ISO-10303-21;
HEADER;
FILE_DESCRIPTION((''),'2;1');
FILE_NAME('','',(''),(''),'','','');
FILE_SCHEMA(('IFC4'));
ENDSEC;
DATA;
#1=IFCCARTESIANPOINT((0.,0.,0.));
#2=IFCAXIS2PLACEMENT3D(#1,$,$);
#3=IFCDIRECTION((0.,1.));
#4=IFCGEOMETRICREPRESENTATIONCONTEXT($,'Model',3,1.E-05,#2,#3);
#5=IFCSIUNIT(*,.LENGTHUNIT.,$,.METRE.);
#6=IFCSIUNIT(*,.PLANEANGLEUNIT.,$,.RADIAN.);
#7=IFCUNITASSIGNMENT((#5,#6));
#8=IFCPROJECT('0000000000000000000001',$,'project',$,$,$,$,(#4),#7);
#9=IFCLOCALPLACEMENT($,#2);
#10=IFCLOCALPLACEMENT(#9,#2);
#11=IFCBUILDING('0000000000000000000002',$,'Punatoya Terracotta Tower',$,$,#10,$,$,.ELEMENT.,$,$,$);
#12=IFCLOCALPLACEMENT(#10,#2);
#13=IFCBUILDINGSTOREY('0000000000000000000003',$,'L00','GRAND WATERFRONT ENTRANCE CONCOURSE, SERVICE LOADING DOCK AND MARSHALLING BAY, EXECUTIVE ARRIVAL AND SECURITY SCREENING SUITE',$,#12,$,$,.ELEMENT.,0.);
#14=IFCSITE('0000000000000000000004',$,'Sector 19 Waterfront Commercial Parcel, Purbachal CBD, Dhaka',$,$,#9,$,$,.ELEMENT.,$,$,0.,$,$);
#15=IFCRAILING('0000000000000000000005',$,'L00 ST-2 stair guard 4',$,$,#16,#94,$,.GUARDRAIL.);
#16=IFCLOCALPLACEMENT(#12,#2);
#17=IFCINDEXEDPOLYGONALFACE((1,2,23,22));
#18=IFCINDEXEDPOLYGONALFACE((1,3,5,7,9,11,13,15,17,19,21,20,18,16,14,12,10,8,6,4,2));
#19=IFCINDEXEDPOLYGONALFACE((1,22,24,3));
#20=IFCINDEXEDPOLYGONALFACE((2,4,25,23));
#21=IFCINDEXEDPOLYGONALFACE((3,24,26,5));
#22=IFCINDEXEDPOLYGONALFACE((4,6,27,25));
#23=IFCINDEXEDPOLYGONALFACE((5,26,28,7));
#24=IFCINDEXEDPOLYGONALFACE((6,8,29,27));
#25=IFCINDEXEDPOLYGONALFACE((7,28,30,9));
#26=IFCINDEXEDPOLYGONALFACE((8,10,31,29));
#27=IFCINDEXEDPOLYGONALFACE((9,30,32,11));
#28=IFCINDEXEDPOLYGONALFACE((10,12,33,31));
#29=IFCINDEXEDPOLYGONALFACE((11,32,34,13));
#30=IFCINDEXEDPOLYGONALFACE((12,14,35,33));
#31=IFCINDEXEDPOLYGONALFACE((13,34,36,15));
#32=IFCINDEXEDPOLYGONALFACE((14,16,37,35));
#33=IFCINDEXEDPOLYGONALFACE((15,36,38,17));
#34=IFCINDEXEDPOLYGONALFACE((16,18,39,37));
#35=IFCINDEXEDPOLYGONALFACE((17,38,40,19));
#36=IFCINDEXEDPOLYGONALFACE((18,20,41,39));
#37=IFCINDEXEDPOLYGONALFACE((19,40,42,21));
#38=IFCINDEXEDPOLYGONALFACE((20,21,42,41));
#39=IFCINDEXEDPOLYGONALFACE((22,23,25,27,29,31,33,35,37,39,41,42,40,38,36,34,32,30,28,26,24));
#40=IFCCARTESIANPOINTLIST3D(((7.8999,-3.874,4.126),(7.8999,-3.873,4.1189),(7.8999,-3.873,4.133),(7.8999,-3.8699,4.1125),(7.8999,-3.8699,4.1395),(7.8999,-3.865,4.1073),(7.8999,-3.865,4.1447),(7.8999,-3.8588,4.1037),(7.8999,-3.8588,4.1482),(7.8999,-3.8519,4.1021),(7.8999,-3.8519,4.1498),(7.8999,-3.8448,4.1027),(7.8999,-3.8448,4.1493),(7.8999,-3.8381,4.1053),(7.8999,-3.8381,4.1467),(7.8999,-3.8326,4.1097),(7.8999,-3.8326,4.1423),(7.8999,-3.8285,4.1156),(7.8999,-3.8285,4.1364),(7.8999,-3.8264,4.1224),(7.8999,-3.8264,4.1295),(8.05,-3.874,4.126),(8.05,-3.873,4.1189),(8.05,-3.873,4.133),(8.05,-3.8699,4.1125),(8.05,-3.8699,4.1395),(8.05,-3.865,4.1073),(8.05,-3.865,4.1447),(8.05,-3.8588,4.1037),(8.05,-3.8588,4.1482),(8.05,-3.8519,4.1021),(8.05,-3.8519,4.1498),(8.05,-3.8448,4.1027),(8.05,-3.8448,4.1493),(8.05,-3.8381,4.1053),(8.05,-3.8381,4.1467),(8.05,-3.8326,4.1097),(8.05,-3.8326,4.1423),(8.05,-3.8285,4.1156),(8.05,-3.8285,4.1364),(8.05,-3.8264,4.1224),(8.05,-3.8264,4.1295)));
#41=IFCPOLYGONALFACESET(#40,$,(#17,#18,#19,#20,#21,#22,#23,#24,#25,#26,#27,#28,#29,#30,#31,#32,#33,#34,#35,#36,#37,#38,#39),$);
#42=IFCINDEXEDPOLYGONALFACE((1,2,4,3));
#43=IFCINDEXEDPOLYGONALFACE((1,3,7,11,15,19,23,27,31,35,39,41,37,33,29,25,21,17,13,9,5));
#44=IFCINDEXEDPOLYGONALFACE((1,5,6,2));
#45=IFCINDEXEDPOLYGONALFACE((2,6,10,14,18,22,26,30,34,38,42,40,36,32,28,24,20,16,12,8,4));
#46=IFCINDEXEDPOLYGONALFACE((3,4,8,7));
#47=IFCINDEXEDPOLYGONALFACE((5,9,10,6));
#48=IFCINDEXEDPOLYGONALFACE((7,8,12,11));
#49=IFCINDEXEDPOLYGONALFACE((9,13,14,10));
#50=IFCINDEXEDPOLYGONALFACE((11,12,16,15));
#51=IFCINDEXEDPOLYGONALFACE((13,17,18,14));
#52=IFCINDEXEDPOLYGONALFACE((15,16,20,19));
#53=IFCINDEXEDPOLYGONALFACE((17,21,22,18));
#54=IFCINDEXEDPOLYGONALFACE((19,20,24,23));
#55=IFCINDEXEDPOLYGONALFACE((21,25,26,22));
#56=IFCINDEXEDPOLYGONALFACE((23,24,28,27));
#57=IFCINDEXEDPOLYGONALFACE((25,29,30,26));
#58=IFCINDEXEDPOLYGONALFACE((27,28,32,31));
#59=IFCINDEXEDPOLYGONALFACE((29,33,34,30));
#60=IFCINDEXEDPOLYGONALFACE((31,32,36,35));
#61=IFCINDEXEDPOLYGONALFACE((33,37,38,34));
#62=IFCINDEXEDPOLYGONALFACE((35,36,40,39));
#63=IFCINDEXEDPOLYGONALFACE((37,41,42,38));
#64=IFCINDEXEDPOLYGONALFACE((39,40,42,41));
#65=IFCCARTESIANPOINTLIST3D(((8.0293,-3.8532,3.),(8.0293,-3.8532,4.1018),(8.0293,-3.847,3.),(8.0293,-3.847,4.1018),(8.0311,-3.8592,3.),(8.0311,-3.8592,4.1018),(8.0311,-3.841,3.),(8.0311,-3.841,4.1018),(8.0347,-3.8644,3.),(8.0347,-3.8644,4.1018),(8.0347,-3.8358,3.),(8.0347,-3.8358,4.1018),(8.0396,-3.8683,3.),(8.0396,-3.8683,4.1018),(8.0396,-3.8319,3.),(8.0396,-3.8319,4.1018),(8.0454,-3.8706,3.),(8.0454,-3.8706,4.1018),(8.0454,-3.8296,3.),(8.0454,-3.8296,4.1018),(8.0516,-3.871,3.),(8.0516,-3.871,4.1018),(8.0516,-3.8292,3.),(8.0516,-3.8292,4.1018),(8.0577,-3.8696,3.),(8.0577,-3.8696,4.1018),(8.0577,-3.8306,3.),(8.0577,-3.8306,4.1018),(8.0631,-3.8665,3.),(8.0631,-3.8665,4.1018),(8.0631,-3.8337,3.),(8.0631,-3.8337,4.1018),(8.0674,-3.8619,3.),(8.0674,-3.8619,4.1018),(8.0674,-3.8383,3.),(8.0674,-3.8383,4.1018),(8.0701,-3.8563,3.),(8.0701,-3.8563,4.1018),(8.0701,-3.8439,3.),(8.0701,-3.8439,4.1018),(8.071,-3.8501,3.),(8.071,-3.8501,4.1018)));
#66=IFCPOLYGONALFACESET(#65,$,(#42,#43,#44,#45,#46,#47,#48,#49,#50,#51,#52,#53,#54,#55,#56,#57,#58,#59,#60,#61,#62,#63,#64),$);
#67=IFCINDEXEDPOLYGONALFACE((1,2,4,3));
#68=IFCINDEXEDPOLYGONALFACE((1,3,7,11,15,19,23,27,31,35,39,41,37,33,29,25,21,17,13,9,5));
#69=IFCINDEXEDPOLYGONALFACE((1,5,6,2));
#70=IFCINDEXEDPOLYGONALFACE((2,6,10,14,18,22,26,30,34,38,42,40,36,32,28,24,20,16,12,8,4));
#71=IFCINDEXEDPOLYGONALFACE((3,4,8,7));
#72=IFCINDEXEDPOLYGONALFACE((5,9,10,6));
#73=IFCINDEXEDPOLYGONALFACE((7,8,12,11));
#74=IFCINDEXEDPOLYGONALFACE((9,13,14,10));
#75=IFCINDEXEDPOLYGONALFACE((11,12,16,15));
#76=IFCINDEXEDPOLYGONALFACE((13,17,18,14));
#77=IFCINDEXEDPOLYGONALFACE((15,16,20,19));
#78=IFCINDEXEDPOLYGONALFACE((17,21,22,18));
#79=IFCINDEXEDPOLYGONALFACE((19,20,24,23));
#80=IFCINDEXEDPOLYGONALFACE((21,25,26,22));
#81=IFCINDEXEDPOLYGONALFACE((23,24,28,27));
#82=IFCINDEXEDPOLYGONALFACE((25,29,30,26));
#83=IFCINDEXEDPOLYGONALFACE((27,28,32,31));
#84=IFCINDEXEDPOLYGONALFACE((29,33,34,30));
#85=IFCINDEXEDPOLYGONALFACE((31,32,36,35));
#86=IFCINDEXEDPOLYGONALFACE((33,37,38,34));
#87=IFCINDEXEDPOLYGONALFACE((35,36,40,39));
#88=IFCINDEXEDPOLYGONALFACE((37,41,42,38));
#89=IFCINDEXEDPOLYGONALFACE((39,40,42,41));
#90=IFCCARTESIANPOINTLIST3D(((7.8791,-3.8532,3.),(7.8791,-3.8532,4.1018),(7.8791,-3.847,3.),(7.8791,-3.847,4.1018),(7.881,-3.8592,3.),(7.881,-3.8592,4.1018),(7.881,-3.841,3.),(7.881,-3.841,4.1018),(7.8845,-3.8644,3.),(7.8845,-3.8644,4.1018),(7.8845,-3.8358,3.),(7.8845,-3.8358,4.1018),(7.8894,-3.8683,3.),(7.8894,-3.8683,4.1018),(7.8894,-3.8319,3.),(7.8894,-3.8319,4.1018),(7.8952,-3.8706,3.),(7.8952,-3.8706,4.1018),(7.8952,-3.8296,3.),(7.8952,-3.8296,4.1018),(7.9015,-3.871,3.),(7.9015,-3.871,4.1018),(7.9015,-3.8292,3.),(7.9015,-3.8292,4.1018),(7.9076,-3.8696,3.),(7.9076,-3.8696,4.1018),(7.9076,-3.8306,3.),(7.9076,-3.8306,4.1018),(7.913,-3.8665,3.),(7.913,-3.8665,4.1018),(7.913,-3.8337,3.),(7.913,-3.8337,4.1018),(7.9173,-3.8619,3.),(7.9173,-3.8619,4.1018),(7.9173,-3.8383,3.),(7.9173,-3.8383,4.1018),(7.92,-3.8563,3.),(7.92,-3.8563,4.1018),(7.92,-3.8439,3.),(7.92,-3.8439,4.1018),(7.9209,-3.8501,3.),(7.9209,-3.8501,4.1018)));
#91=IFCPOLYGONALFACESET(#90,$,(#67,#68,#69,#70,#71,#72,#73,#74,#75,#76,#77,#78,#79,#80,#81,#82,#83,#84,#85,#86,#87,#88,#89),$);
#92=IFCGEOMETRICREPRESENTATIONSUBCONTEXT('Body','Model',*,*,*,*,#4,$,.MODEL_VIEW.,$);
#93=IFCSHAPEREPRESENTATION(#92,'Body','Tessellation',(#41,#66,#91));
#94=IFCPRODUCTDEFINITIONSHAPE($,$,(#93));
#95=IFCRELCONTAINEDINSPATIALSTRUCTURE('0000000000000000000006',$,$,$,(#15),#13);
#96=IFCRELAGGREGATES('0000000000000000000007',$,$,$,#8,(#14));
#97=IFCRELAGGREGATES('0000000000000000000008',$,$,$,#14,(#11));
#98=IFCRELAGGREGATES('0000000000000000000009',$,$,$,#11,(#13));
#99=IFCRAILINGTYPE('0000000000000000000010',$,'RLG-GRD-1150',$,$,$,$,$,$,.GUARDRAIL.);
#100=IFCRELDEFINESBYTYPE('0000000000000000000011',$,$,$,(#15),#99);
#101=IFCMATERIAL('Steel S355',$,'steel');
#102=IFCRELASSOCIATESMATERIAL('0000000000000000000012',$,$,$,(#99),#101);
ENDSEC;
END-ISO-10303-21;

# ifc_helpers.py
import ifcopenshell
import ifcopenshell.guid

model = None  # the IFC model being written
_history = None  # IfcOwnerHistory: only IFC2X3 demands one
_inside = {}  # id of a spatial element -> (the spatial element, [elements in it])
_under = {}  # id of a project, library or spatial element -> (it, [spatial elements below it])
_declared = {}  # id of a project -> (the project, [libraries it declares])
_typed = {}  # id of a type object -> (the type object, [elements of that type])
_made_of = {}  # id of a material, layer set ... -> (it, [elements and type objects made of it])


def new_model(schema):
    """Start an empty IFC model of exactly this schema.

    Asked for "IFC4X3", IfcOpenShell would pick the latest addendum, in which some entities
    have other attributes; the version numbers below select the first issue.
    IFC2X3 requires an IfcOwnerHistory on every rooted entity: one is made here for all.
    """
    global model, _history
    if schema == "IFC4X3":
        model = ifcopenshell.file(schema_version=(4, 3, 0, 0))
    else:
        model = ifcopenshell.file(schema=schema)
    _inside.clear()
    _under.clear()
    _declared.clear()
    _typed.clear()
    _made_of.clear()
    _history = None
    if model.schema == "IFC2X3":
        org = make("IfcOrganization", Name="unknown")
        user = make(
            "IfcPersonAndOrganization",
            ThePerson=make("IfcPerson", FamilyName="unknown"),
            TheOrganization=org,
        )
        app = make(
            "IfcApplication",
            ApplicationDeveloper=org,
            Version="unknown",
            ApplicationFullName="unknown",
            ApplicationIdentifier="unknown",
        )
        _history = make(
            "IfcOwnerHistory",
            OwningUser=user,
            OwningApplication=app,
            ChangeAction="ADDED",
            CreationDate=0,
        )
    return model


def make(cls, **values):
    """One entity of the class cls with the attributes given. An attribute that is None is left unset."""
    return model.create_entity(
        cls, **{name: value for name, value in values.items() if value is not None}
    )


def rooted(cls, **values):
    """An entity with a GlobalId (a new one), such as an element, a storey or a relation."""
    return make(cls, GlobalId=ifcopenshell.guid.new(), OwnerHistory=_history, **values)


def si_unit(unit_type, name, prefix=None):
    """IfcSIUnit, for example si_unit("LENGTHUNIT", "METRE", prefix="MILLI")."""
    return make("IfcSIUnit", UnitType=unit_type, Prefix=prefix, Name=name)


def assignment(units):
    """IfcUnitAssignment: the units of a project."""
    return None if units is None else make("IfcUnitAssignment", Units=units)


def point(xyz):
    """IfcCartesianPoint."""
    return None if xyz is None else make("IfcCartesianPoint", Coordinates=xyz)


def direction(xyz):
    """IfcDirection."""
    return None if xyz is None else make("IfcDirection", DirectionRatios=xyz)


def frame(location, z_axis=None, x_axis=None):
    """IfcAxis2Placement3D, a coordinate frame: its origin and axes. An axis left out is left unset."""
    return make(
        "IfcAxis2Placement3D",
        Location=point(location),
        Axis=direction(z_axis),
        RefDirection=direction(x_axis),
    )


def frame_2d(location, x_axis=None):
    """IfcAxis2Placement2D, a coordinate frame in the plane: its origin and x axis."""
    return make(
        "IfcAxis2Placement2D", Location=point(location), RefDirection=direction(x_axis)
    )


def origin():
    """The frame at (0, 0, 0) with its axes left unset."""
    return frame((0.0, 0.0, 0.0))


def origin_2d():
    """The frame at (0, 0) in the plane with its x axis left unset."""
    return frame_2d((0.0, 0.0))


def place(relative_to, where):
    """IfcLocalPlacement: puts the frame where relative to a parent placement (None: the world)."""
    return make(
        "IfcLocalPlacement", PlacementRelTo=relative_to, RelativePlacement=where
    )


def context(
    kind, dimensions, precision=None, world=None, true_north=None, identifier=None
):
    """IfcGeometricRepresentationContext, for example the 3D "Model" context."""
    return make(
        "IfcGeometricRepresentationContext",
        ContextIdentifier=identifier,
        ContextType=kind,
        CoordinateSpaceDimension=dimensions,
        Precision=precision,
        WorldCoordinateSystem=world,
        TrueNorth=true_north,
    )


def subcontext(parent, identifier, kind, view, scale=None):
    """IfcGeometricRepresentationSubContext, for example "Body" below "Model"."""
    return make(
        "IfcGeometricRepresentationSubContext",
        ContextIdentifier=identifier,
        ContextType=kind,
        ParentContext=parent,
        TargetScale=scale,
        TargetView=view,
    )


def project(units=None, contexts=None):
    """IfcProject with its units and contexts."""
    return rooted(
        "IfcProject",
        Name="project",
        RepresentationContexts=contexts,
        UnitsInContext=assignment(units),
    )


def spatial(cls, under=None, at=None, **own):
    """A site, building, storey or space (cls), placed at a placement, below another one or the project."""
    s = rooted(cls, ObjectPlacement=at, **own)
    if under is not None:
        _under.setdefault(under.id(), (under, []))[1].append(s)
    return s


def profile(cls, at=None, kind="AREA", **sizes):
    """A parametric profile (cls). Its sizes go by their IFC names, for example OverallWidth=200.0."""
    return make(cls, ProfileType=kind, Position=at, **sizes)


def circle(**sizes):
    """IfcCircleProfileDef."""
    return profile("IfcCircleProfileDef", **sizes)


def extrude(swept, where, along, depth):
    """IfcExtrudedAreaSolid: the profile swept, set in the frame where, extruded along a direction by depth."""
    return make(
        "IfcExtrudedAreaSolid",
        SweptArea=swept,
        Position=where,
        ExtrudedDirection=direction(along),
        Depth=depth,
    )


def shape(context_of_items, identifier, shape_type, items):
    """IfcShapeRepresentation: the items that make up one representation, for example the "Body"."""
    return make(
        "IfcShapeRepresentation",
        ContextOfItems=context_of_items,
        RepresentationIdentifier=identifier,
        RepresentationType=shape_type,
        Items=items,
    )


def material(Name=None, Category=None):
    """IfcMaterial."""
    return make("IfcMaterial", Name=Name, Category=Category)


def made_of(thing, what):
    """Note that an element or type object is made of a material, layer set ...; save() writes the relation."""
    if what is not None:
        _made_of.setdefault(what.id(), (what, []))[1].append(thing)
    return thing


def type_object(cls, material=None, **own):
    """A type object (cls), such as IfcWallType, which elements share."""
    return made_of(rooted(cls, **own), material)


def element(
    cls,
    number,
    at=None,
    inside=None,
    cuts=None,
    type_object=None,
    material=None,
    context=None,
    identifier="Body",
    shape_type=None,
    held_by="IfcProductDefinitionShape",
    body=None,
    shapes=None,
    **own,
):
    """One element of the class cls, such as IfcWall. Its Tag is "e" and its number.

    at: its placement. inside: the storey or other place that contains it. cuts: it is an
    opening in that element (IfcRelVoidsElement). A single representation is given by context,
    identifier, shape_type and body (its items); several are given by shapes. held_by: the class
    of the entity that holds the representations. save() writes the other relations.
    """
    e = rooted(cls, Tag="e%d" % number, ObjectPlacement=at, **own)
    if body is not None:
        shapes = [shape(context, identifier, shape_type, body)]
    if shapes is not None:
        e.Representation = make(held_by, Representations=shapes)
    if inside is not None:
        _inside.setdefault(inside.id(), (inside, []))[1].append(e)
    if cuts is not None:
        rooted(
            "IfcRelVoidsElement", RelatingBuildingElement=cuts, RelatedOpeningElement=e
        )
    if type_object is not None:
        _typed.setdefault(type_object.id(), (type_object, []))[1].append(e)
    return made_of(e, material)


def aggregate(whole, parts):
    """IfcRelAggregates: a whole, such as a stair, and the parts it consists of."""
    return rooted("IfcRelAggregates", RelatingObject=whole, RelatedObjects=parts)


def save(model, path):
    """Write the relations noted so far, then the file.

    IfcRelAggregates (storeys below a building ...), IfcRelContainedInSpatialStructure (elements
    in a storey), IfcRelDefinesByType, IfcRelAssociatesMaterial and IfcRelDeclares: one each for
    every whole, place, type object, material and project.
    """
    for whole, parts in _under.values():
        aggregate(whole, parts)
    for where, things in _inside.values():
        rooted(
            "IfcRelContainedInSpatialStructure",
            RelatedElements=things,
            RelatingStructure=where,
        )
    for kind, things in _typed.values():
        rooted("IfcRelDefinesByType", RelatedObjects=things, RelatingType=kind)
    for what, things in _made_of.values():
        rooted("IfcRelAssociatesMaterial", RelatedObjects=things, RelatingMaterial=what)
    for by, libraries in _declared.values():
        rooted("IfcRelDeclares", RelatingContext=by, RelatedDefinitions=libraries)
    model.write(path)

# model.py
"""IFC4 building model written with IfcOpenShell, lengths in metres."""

from ifc_helpers import new_model, si_unit, direction, frame, origin, origin_2d, place, context, subcontext, project, spatial, circle, extrude, material, type_object, element, save


model = new_model("IFC4")

# Units and contexts
model_context = context("Model", 3, precision=1e-05, world=origin(), true_north=direction((0.0, 1.0)))
body_context = subcontext(model_context, "Body", "Model", "MODEL_VIEW")
ifc_project = project(units=[si_unit("LENGTHUNIT", "METRE"), si_unit("PLANEANGLEUNIT", "RADIAN")], contexts=[model_context])

# Site, building, storey
site_placement = place(None, origin())
site = spatial("IfcSite", under=ifc_project, at=site_placement, Name="Sector 19 Waterfront Commercial Parcel, Purbachal CBD, Dhaka", CompositionType="ELEMENT", RefElevation=0.0)
building_placement = place(site_placement, origin())
building = spatial("IfcBuilding", under=site, at=building_placement, Name="Punatoya Terracotta Tower", CompositionType="ELEMENT")
storey_placement = place(building_placement, origin())
storey = spatial("IfcBuildingStorey", under=building, at=storey_placement, Name="L00", Description="GRAND WATERFRONT ENTRANCE CONCOURSE, SERVICE LOADING DOCK AND MARSHALLING BAY, EXECUTIVE ARRIVAL AND SECURITY SCREENING SUITE", CompositionType="ELEMENT", Elevation=0.0)

# Shared definitions
ifc_material_1 = material(Name="Steel S355", Category="steel")

# Railing
railing_type_1 = type_object("IfcRailingType", Name="RLG-GRD-1150", PredefinedType="GUARDRAIL", material=ifc_material_1)
railing_1_placement = place(storey_placement, frame((8.05, -3.8501, 3.0)))
element("IfcRailing", 1, at=railing_1_placement, inside=storey, type_object=railing_type_1, Name="L00 ST-2 stair guard 4", PredefinedType="GUARDRAIL", context=body_context, shape_type="SweptSolid", body=[
    extrude(circle(Radius=0.0239, at=origin_2d()), frame((0.0, 0.0, 1.126), z_axis=(-1.0, 0.0, 0.0), x_axis=(0.0, -1.0, 0.0)), (0.0, 0.0, 1.0), 0.1501),
    extrude(circle(Radius=0.021, at=origin_2d()), origin(), (0.0, 0.0, 1.0), 1.1018),
    extrude(circle(Radius=0.021, at=origin_2d()), frame((-0.1501, 0.0, 0.0)), (0.0, 0.0, 1.0), 1.1018),
])

save(model, "model.ifc")
